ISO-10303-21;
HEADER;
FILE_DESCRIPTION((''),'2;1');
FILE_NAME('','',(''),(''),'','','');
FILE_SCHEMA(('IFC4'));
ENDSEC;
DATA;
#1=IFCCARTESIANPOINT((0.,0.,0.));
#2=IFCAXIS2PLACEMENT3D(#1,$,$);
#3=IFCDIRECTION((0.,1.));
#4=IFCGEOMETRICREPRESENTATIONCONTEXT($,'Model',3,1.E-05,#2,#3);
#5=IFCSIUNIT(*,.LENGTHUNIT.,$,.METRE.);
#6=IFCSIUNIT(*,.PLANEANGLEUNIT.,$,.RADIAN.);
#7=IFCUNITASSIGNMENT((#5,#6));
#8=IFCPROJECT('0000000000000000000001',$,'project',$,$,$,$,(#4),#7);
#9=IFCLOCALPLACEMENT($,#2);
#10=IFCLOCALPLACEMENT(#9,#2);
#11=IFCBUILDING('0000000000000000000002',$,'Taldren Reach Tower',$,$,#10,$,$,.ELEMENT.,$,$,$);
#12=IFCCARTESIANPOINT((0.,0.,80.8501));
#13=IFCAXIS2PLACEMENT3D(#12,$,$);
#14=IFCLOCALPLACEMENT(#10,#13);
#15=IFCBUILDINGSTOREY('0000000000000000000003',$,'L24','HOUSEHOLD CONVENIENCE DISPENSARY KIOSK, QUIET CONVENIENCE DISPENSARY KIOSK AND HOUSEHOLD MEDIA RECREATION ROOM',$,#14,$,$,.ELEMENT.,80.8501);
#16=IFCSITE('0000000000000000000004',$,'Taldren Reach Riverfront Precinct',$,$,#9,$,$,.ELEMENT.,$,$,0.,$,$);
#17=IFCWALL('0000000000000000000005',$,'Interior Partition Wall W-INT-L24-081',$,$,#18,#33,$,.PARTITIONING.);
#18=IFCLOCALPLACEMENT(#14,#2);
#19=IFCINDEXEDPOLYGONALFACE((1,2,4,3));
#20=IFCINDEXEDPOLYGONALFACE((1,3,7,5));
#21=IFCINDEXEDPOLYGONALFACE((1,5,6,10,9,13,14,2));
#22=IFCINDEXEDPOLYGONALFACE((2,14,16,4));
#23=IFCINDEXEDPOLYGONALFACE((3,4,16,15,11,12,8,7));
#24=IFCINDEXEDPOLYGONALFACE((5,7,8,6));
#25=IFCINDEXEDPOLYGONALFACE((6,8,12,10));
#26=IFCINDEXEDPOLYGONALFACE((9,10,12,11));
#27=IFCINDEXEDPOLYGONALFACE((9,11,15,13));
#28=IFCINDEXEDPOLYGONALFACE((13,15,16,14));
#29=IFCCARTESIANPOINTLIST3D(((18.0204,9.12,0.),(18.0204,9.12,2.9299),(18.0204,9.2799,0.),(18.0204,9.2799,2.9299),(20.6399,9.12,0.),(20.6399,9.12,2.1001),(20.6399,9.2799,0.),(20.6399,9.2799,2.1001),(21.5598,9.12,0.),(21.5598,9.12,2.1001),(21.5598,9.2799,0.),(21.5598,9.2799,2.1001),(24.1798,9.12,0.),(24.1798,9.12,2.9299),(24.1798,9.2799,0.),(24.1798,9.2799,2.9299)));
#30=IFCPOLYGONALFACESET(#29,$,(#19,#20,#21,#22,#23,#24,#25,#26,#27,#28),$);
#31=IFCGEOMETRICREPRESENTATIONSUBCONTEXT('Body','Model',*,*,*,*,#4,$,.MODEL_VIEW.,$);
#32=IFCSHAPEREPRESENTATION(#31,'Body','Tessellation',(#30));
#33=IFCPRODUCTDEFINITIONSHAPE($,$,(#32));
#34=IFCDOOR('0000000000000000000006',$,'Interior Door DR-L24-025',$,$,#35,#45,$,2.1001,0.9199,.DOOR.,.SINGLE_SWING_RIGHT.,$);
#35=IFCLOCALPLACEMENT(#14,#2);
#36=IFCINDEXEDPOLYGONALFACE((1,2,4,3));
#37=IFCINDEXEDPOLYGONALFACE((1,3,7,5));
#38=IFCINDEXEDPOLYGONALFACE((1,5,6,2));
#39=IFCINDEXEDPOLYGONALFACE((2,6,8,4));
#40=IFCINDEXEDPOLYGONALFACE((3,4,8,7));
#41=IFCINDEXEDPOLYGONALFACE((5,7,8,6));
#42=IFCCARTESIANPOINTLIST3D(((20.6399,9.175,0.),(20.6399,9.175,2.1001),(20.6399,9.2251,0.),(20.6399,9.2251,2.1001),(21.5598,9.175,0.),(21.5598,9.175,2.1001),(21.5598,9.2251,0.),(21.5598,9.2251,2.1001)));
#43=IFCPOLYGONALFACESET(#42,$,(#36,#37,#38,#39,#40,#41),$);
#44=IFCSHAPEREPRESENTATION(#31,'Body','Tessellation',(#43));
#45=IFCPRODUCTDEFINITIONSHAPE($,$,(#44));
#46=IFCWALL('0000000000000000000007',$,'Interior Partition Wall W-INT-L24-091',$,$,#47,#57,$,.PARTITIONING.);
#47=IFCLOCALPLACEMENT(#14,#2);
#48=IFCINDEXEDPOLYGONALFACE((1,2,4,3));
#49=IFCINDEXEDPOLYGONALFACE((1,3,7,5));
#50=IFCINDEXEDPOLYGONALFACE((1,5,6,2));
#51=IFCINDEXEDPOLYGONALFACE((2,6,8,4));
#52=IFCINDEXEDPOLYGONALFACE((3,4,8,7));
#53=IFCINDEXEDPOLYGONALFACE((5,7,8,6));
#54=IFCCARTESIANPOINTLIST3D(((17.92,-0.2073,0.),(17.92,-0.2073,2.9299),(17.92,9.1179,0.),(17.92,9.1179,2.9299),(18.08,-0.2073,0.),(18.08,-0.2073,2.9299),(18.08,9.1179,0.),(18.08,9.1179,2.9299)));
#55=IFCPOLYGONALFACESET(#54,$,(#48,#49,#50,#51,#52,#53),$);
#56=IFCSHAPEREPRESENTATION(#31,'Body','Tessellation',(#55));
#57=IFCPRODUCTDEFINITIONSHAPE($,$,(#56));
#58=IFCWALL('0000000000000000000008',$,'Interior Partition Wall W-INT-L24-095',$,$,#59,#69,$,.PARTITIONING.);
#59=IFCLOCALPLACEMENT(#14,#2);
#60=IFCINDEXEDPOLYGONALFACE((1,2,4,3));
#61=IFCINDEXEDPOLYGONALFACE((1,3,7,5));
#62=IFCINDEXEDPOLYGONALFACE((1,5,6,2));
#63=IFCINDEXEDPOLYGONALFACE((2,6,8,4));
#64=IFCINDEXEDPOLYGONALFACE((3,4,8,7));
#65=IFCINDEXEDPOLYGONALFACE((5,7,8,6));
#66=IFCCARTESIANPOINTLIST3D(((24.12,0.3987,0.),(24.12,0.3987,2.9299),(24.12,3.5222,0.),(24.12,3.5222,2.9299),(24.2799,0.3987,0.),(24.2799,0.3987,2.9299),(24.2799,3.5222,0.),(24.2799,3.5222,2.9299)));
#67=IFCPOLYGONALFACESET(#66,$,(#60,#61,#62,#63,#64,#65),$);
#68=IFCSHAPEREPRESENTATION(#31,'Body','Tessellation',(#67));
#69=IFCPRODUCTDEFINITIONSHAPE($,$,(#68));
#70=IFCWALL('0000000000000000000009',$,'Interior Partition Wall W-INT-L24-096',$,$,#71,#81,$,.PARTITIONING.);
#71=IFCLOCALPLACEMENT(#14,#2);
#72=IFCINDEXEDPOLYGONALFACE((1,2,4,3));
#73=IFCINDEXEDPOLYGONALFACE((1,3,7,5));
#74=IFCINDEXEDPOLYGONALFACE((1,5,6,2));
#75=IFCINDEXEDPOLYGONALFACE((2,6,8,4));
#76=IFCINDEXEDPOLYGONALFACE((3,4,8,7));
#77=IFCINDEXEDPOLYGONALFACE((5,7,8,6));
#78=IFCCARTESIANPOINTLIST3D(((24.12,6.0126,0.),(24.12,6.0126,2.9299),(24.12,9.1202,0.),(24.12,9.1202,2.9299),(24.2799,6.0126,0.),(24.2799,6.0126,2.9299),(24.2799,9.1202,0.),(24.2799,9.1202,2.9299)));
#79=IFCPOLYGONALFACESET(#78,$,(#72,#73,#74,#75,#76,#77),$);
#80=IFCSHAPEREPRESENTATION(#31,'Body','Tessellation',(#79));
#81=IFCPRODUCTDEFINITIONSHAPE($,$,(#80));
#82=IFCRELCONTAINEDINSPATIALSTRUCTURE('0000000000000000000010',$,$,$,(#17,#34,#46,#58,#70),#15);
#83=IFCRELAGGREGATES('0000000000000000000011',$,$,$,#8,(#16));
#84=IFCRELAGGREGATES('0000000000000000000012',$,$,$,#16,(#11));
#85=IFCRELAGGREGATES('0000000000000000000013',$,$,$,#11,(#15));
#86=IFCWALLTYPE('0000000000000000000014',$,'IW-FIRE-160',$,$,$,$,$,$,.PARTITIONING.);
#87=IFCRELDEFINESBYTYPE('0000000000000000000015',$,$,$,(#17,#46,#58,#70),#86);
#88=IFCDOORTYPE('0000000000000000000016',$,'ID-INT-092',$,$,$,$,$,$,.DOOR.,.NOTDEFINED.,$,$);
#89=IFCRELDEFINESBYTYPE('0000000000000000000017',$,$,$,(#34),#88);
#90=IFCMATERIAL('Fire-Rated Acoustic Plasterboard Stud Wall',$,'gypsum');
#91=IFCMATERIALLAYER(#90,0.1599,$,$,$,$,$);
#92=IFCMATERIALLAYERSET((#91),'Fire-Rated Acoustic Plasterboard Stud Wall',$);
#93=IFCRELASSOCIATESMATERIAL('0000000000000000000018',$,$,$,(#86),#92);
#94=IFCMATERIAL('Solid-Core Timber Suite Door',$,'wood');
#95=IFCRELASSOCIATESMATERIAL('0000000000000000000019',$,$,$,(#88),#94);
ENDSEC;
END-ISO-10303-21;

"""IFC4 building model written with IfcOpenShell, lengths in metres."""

from ifc_helpers import new_model, si_unit, direction, frame, frame_2d, origin, place, context, subcontext, project, spatial, rectangle, extrude, source, transform, mapped, material, layer, layer_set, type_object, element, fill, save


model = new_model("IFC4")

# Units and contexts
model_context = context("Model", 3, precision=1e-05, world=origin(), true_north=direction((0.0, 1.0)))
body_context = subcontext(model_context, "Body", "Model", "MODEL_VIEW")
ifc_project = project(units=[si_unit("LENGTHUNIT", "METRE"), si_unit("PLANEANGLEUNIT", "RADIAN")], contexts=[model_context])

# Site, building, storey
site_placement = place(None, origin())
site = spatial("IfcSite", under=ifc_project, at=site_placement, Name="Taldren Reach Riverfront Precinct", CompositionType="ELEMENT", RefElevation=0.0)
building_placement = place(site_placement, origin())
building = spatial("IfcBuilding", under=site, at=building_placement, Name="Taldren Reach Tower", CompositionType="ELEMENT")
storey_placement = place(building_placement, frame((0.0, 0.0, 80.8501)))
storey = spatial("IfcBuildingStorey", under=building, at=storey_placement, Name="L24", Description="HOUSEHOLD CONVENIENCE DISPENSARY KIOSK, QUIET CONVENIENCE DISPENSARY KIOSK AND HOUSEHOLD MEDIA RECREATION ROOM", CompositionType="ELEMENT", Elevation=80.8501)

# Shared definitions
ifc_material_1 = material(Name="Fire-Rated Acoustic Plasterboard Stud Wall", Category="gypsum")
ifc_layer_1 = layer(ifc_material_1, 0.1599)
ifc_layer_set_1 = layer_set([ifc_layer_1], Name="Fire-Rated Acoustic Plasterboard Stud Wall")
wall_type_1 = type_object("IfcWallType", Name="IW-FIRE-160", PredefinedType="PARTITIONING", material=ifc_layer_set_1)

# Shared definitions
ifc_material_2 = material(Name="Solid-Core Timber Suite Door", Category="wood")
door_type_1 = type_object("IfcDoorType", Name="ID-INT-092", OperationType="NOTDEFINED", PredefinedType="DOOR", material=ifc_material_2)
shared_shape_1 = source(origin(), body_context, "Body", "SweptSolid", [
    extrude(rectangle(XDim=0.9199, YDim=2.1001, at=frame_2d((0.46, 1.05))), frame((0.0, 0.0249, 0.0), z_axis=(0.0, -1.0, 0.0), x_axis=(1.0, 0.0, 0.0)), (0.0, 0.0, 1.0), 0.05),
])

# Wall, opening, door
shared_shape_2 = source(origin(), body_context, "Body", "SweptSolid", [
    extrude(rectangle(XDim=6.1594, YDim=0.1599, at=frame_2d((3.0796, 0.0))), origin(), (0.0, 0.0, 1.0), 2.9299),
])
wall_1_placement = place(storey_placement, frame((24.1797, 9.2, 0.0), z_axis=(0.0, 0.0, 1.0), x_axis=(-1.0, 0.0, 0.0)))
wall_1 = element("IfcWall", 1, at=wall_1_placement, inside=storey, type_object=wall_type_1, Name="Interior Partition Wall W-INT-L24-081", PredefinedType="PARTITIONING", context=body_context, shape_type="MappedRepresentation", body=[
    mapped(shared_shape_2, transform((0.0, 0.0, 0.0), scale=1.0)),
])
shared_shape_3 = source(origin(), body_context, "Body", "SweptSolid", [
    extrude(rectangle(XDim=0.9199, YDim=2.1001, at=frame_2d((0.46, 1.05))), frame((0.0, 0.0898, 0.0), z_axis=(0.0, -1.0, 0.0), x_axis=(1.0, 0.0, 0.0)), (0.0, 0.0, 1.0), 0.1799),
])
opening_1_placement = place(wall_1_placement, frame((2.6199, 0.0, 0.0)))
opening_1 = element("IfcOpeningElement", 2, at=opening_1_placement, cuts=wall_1, PredefinedType="OPENING", context=body_context, shape_type="MappedRepresentation", body=[
    mapped(shared_shape_3, transform((0.0, 0.0, 0.0), scale=1.0)),
])
door_1_placement = place(opening_1_placement, origin())
door_1 = element("IfcDoor", 3, at=door_1_placement, inside=storey, type_object=door_type_1, Name="Interior Door DR-L24-025", OperationType="SINGLE_SWING_RIGHT", OverallHeight=2.1001, OverallWidth=0.9199, PredefinedType="DOOR", context=body_context, shape_type="MappedRepresentation", body=[
    mapped(shared_shape_1, transform((0.0, 0.0, 0.0), scale=1.0)),
])
fill(opening_1, door_1)

# Walls
shared_shape_4 = source(origin(), body_context, "Body", "SweptSolid", [
    extrude(rectangle(XDim=9.3252, YDim=0.1599, at=frame_2d((4.6626, 0.0))), origin(), (0.0, 0.0, 1.0), 2.9299),
])
wall_2_placement = place(storey_placement, frame((18.0, 9.1179, 0.0), z_axis=(0.0, 0.0, 1.0), x_axis=(0.0, -1.0, 0.0)))
element("IfcWall", 4, at=wall_2_placement, inside=storey, type_object=wall_type_1, Name="Interior Partition Wall W-INT-L24-091", PredefinedType="PARTITIONING", context=body_context, shape_type="MappedRepresentation", body=[
    mapped(shared_shape_4, transform((0.0, 0.0, 0.0), scale=1.0)),
])
shared_shape_5 = source(origin(), body_context, "Body", "SweptSolid", [
    extrude(rectangle(XDim=3.1235, YDim=0.1599, at=frame_2d((1.5618, 0.0))), origin(), (0.0, 0.0, 1.0), 2.9299),
])
wall_3_placement = place(storey_placement, frame((24.2, 3.5222, 0.0), z_axis=(0.0, 0.0, 1.0), x_axis=(0.0, -1.0, 0.0)))
element("IfcWall", 5, at=wall_3_placement, inside=storey, type_object=wall_type_1, Name="Interior Partition Wall W-INT-L24-095", PredefinedType="PARTITIONING", context=body_context, shape_type="MappedRepresentation", body=[
    mapped(shared_shape_5, transform((0.0, 0.0, 0.0), scale=1.0)),
])
shared_shape_6 = source(origin(), body_context, "Body", "SweptSolid", [
    extrude(rectangle(XDim=3.1077, YDim=0.1599, at=frame_2d((1.5537, 0.0))), origin(), (0.0, 0.0, 1.0), 2.9299),
])
wall_4_placement = place(storey_placement, frame((24.2, 9.1201, 0.0), z_axis=(0.0, 0.0, 1.0), x_axis=(0.0, -1.0, 0.0)))
element("IfcWall", 6, at=wall_4_placement, inside=storey, type_object=wall_type_1, Name="Interior Partition Wall W-INT-L24-096", PredefinedType="PARTITIONING", context=body_context, shape_type="MappedRepresentation", body=[
    mapped(shared_shape_6, transform((0.0, 0.0, 0.0), scale=1.0)),
])

save(model, "model.ifc")
